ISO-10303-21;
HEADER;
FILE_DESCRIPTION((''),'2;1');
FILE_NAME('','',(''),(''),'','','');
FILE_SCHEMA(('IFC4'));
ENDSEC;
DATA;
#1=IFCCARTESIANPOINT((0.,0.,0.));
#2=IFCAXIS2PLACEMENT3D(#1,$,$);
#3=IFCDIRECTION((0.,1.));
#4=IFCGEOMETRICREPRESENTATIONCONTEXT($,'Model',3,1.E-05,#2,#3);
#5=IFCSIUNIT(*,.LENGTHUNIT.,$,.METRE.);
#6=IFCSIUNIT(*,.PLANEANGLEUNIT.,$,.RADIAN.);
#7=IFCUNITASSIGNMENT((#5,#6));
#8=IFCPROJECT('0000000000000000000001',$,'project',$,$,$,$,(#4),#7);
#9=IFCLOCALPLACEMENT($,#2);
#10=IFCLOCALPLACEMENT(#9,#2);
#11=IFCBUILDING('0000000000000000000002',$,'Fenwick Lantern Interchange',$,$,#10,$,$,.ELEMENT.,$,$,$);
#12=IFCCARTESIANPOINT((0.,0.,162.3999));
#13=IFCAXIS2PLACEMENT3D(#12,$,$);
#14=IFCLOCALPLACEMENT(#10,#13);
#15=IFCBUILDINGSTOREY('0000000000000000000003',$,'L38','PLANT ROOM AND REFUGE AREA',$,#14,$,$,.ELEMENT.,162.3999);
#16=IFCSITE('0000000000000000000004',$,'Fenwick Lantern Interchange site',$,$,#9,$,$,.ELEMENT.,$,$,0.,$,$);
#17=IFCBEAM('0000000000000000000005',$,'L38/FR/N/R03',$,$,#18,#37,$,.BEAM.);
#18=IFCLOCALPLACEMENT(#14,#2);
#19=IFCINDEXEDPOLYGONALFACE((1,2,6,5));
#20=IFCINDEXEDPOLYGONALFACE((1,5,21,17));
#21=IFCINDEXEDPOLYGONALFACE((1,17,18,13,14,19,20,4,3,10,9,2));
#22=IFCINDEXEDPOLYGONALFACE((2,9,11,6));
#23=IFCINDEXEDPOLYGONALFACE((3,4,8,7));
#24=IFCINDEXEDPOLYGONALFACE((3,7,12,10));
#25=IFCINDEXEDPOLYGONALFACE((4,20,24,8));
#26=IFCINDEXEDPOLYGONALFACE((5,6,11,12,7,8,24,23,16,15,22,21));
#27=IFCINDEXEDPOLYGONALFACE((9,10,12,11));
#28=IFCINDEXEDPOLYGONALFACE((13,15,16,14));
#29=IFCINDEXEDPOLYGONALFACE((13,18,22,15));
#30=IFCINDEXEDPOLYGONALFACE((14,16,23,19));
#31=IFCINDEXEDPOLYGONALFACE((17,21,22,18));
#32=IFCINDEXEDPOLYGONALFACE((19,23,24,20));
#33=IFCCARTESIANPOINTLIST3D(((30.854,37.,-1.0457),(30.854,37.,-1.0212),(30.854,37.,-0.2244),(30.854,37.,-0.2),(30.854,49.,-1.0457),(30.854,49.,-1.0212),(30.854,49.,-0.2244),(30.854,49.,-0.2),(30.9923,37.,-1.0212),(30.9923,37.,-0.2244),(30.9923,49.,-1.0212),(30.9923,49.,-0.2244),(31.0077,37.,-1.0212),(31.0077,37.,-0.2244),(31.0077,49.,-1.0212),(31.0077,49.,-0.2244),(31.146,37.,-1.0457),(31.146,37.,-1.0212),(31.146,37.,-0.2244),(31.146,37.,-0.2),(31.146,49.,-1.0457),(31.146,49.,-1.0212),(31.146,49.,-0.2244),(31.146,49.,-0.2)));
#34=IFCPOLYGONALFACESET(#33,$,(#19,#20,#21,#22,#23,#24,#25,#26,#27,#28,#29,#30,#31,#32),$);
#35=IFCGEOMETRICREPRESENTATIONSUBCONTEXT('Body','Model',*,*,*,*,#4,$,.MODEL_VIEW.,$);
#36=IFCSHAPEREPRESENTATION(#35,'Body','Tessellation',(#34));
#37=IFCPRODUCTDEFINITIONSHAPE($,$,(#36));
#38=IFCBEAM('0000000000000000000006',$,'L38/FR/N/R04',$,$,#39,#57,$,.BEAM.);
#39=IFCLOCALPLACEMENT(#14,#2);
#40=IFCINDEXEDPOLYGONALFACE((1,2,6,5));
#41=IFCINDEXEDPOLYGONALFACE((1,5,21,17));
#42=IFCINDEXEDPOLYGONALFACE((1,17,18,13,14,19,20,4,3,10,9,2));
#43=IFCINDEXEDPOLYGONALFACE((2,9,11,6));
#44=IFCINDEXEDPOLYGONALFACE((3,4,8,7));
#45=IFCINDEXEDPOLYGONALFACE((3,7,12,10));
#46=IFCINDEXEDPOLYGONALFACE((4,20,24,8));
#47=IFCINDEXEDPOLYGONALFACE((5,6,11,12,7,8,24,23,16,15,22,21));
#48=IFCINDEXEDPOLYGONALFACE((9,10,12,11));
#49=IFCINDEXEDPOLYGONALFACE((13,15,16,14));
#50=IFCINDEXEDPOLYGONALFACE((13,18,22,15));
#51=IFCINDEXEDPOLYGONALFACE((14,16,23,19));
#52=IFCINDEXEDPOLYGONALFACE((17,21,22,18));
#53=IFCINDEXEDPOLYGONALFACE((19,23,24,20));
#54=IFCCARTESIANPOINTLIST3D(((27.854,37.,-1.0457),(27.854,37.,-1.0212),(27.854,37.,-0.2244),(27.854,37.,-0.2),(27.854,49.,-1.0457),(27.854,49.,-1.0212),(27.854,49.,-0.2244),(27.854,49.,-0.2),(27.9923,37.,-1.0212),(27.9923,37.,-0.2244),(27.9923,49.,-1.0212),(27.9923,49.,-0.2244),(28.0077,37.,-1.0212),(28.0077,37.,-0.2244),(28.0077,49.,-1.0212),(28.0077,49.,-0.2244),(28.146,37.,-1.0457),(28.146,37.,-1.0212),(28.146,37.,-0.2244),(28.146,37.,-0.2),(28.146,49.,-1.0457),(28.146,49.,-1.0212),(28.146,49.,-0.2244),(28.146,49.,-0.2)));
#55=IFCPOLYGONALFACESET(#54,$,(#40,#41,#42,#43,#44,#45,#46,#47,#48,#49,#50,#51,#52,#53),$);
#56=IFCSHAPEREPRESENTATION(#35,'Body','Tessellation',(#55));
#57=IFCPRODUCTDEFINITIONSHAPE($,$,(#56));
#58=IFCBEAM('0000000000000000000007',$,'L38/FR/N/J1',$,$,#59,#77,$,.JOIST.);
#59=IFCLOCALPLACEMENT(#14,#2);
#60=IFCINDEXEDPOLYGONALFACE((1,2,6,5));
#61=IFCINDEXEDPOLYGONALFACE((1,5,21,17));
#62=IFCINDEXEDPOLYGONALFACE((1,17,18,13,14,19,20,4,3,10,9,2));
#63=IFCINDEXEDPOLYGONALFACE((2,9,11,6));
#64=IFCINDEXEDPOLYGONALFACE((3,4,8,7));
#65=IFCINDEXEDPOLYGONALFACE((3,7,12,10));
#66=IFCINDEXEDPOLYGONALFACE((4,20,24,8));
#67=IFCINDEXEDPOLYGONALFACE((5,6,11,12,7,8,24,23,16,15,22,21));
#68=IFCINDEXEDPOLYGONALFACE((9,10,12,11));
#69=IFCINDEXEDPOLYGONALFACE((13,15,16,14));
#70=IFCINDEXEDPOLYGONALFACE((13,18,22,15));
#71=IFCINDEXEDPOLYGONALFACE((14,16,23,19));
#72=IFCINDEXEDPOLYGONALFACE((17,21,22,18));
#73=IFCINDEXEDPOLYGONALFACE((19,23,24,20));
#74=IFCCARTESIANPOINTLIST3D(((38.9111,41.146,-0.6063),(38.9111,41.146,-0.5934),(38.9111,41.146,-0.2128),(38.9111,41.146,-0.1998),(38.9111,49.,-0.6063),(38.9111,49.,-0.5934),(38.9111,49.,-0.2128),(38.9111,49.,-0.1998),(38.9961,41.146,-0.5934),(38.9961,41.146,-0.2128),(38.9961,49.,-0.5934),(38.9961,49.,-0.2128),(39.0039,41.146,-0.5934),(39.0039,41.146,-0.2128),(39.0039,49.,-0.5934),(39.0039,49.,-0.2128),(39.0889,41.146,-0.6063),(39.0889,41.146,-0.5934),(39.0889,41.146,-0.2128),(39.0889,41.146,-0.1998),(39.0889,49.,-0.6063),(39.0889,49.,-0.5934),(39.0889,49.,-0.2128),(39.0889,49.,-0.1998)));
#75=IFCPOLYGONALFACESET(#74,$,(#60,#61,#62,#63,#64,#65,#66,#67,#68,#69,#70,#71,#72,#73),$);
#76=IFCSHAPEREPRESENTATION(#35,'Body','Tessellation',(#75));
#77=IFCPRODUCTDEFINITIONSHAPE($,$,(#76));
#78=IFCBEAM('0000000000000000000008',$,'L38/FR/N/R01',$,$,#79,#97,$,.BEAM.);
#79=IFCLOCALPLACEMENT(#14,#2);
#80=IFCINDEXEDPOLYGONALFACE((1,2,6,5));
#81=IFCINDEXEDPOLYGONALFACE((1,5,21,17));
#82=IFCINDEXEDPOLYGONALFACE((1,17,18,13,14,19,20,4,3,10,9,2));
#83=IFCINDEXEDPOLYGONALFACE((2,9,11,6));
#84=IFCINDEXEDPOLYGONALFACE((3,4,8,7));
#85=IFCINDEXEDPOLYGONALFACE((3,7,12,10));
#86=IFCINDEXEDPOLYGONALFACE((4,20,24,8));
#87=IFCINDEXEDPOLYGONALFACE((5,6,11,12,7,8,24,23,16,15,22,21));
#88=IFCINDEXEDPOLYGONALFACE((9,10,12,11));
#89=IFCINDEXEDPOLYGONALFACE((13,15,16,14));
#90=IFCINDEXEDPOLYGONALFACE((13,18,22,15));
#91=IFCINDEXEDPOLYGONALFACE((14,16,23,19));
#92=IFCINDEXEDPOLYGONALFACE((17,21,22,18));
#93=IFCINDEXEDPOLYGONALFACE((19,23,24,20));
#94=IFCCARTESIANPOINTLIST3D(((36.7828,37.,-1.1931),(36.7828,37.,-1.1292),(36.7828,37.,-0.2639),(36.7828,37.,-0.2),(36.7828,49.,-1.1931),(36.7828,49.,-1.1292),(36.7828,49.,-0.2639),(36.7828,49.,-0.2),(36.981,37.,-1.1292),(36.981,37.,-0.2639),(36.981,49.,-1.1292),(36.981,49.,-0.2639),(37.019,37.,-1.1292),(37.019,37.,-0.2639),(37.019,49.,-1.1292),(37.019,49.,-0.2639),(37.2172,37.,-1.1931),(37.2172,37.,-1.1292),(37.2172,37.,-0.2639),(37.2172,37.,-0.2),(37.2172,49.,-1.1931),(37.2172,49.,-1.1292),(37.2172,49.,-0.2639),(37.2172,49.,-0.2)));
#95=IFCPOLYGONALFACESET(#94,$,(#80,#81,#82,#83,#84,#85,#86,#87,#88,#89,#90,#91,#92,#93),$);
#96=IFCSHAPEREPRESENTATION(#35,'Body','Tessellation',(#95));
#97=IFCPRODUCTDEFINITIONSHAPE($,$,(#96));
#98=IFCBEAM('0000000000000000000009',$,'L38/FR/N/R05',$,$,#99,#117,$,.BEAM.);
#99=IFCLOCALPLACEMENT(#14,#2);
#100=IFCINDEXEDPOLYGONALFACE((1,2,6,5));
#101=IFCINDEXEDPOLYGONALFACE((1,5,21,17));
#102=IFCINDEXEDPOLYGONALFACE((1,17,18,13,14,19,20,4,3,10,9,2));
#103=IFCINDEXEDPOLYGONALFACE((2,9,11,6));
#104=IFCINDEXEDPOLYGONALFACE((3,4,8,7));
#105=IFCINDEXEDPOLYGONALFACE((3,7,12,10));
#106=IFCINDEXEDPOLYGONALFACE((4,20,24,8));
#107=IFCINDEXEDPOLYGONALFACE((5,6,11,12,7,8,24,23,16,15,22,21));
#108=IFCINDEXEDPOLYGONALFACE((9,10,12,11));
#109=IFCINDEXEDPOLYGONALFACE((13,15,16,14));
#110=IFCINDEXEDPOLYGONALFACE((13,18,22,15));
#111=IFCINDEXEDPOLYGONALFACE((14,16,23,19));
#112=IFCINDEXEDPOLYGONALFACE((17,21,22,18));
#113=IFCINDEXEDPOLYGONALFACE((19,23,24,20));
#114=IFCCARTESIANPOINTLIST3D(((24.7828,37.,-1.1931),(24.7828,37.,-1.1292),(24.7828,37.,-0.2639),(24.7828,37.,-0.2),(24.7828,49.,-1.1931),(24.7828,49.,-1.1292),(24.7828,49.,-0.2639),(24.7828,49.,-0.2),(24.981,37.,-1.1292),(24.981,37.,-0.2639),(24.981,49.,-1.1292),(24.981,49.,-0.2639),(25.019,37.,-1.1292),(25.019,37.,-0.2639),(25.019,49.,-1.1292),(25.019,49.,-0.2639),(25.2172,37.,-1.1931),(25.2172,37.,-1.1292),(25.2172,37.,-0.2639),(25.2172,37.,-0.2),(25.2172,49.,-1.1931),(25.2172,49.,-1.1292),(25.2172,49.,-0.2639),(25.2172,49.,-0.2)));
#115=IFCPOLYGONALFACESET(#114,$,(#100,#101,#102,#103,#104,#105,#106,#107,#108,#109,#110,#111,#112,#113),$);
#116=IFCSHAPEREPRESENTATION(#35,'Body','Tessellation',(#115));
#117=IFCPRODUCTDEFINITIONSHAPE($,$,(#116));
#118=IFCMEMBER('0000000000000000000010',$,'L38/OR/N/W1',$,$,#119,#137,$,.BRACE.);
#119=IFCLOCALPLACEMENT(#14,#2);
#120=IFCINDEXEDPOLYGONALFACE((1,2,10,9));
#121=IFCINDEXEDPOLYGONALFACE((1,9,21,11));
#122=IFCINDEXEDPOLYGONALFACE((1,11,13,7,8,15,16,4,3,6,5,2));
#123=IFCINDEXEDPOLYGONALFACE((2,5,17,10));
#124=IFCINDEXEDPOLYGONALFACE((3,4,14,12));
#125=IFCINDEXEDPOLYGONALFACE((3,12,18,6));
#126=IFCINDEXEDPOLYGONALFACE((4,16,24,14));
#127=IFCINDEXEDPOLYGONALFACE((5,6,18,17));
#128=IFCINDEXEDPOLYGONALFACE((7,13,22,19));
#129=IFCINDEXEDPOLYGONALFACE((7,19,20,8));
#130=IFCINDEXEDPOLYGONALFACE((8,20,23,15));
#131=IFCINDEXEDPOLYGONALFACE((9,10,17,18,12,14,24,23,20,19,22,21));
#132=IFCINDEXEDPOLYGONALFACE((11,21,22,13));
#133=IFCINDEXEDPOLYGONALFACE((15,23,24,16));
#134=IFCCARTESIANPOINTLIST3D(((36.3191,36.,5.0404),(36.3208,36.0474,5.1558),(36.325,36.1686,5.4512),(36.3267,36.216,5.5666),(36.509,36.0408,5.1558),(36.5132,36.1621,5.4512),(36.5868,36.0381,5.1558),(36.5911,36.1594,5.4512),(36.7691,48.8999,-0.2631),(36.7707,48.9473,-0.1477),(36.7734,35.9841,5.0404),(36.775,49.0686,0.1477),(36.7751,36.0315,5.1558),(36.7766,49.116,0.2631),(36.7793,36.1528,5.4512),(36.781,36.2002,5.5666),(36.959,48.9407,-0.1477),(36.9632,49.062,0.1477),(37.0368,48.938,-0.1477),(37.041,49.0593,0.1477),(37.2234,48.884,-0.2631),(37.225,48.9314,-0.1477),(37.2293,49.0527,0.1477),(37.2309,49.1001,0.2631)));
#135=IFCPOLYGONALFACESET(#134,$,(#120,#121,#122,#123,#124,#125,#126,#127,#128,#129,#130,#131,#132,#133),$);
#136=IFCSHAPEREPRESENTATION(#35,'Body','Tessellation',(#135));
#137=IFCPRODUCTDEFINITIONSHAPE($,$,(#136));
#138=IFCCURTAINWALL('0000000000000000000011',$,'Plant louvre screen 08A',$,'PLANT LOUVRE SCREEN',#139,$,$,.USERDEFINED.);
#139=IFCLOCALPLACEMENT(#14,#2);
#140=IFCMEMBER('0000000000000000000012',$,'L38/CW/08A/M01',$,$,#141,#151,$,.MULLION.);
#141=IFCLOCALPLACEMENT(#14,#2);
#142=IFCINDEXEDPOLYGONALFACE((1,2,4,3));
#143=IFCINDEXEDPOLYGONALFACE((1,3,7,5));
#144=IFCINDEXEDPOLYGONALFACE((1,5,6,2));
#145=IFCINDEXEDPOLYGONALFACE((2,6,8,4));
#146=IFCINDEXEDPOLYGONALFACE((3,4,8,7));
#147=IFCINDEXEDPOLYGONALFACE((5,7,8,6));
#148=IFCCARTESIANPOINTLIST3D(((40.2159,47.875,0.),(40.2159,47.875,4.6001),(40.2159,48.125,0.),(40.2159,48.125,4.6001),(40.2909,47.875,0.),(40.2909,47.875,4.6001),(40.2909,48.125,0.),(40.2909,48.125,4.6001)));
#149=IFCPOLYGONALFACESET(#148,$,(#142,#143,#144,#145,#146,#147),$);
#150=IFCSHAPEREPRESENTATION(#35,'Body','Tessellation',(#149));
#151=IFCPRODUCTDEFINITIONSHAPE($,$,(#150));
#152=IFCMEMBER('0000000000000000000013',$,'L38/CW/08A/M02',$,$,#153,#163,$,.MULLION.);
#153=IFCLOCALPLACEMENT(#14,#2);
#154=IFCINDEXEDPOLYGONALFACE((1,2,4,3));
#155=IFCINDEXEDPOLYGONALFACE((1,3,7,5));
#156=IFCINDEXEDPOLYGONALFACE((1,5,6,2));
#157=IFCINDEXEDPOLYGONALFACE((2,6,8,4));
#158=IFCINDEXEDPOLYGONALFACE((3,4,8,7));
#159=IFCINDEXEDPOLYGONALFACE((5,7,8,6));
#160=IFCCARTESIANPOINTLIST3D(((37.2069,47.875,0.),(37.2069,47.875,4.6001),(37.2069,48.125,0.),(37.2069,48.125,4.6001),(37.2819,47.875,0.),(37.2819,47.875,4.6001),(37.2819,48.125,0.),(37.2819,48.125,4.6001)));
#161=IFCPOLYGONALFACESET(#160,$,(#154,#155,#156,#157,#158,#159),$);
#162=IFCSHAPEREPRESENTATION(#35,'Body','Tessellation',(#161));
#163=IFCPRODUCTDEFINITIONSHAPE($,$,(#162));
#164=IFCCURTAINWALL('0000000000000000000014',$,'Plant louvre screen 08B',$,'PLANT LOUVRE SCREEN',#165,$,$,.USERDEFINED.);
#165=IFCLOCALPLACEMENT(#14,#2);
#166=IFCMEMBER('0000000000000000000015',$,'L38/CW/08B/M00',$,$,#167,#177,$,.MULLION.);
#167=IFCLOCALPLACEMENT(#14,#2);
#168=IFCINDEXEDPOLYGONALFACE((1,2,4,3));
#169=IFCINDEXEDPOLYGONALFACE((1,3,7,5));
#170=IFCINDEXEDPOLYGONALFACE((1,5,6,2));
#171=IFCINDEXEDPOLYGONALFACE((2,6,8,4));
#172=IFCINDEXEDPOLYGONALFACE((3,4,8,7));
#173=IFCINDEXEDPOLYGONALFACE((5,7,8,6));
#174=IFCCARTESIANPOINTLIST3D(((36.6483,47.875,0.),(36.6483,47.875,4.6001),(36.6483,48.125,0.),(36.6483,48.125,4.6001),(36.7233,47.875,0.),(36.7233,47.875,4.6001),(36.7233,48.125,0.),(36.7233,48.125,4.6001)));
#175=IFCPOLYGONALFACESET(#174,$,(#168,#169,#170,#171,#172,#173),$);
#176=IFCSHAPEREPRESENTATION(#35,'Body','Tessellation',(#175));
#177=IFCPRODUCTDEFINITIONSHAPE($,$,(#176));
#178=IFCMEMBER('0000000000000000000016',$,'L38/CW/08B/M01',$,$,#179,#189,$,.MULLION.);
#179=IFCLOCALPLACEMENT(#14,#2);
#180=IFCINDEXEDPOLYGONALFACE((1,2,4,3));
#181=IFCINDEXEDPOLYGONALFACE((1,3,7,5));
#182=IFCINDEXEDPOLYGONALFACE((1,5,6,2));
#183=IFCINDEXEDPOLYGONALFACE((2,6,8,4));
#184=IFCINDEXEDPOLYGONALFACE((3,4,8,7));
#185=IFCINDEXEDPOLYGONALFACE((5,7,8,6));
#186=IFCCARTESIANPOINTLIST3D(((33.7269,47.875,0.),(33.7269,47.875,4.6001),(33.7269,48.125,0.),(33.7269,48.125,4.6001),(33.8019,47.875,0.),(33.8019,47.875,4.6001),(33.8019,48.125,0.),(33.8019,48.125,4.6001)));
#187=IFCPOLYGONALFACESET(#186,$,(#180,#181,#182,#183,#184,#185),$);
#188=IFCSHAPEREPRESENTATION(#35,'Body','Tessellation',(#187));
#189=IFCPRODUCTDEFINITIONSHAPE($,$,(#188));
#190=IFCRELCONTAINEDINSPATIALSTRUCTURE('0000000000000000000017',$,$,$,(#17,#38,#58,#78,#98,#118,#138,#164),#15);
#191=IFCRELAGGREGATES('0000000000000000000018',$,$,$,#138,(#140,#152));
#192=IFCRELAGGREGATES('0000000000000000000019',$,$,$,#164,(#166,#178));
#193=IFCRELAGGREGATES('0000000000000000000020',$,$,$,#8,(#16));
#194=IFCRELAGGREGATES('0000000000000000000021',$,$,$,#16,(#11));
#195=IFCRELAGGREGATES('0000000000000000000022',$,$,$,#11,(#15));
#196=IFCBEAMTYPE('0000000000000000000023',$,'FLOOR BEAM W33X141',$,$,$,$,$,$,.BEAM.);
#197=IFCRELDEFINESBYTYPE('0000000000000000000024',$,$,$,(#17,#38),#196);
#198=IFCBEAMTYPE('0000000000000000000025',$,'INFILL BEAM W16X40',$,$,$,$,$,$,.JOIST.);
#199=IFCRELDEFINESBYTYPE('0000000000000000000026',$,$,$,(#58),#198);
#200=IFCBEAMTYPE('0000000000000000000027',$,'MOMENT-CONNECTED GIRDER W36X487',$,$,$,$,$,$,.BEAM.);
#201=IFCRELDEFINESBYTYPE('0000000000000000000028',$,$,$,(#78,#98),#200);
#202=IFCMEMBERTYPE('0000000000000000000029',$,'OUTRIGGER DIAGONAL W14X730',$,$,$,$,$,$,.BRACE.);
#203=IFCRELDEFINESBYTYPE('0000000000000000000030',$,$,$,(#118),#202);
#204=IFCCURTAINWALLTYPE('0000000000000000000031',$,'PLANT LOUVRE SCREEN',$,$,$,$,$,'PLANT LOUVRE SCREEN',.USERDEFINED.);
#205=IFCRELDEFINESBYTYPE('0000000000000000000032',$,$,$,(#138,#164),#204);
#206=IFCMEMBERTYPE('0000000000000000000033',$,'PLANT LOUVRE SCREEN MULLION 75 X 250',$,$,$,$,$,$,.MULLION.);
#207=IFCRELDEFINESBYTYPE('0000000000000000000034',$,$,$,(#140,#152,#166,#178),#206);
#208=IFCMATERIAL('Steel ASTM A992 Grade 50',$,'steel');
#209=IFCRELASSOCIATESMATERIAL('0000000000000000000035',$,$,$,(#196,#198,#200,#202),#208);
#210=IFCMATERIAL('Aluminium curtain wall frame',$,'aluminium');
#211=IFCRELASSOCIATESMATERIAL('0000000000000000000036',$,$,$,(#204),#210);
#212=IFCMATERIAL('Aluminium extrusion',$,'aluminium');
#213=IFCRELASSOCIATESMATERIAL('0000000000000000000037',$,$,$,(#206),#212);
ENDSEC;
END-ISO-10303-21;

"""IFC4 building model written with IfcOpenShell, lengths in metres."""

from ifc_helpers import new_model, si_unit, direction, frame, origin, origin_2d, place, context, subcontext, project, spatial, rectangle, i_section, extrude, material, material_profile, profile_set, type_object, element, aggregate, save


model = new_model("IFC4")

# Units and contexts
model_context = context("Model", 3, precision=1e-05, world=origin(), true_north=direction((0.0, 1.0)))
body_context = subcontext(model_context, "Body", "Model", "MODEL_VIEW")
ifc_project = project(units=[si_unit("LENGTHUNIT", "METRE"), si_unit("PLANEANGLEUNIT", "RADIAN")], contexts=[model_context])

# Site, building, storey
site_placement = place(None, origin())
site = spatial("IfcSite", under=ifc_project, at=site_placement, Name="Fenwick Lantern Interchange site", CompositionType="ELEMENT", RefElevation=0.0)
building_placement = place(site_placement, origin())
building = spatial("IfcBuilding", under=site, at=building_placement, Name="Fenwick Lantern Interchange", CompositionType="ELEMENT")
storey_placement = place(building_placement, frame((0.0, 0.0, 162.3999)))
storey = spatial("IfcBuildingStorey", under=building, at=storey_placement, Name="L38", Description="PLANT ROOM AND REFUGE AREA", CompositionType="ELEMENT", Elevation=162.3999)

# Shared definitions
ifc_material_1 = material(Name="Steel ASTM A992 Grade 50", Category="steel")

# Beams
ifc_material_profile_1 = material_profile(ifc_material_1, i_section(OverallWidth=0.292, OverallDepth=0.8457, WebThickness=0.0154, FlangeThickness=0.0244, at=origin_2d()), Name="W33X141")
ifc_profile_set_1 = profile_set([ifc_material_profile_1], Name="Steel ASTM A992 Grade 50")
beam_type_1 = type_object("IfcBeamType", Name="FLOOR BEAM W33X141", PredefinedType="BEAM", material=ifc_profile_set_1)
for number, where, z_axis, x_axis, name in (
    (1, (31.0, 49.0, -0.6228), (0.0, -1.0, 0.0), (1.0, 0.0, 0.0), "L38/FR/N/R03"),
    (2, (28.0, 49.0, -0.6228), (0.0, -1.0, 0.0), (1.0, 0.0, 0.0), "L38/FR/N/R04"),
):
    element("IfcBeam", number, at=place(storey_placement, frame(where, z_axis=z_axis, x_axis=x_axis)), inside=storey, type_object=beam_type_1, Name=name, PredefinedType="BEAM", context=body_context, shape_type="SweptSolid", body=[
        extrude(i_section(OverallWidth=0.292, OverallDepth=0.8457, WebThickness=0.0154, FlangeThickness=0.0244, at=origin_2d()), origin(), (0.0, 0.0, 1.0), 12.0),
    ])
ifc_material_profile_2 = material_profile(ifc_material_1, i_section(OverallWidth=0.1777, OverallDepth=0.4065, WebThickness=0.0078, FlangeThickness=0.0129, at=origin_2d()), Name="W16X40")
ifc_profile_set_2 = profile_set([ifc_material_profile_2], Name="Steel ASTM A992 Grade 50")
beam_type_2 = type_object("IfcBeamType", Name="INFILL BEAM W16X40", PredefinedType="JOIST", material=ifc_profile_set_2)
beam_placement = place(storey_placement, frame((39.0, 49.0, -0.4031), z_axis=(0.0, -1.0, 0.0), x_axis=(1.0, 0.0, 0.0)))
element("IfcBeam", 3, at=beam_placement, inside=storey, type_object=beam_type_2, Name="L38/FR/N/J1", PredefinedType="JOIST", context=body_context, shape_type="SweptSolid", body=[
    extrude(i_section(OverallWidth=0.1777, OverallDepth=0.4065, WebThickness=0.0078, FlangeThickness=0.0129, at=origin_2d()), origin(), (0.0, 0.0, 1.0), 7.854),
])
ifc_material_profile_3 = material_profile(ifc_material_1, i_section(OverallWidth=0.4343, OverallDepth=0.9932, WebThickness=0.0381, FlangeThickness=0.064, at=origin_2d()), Name="W36X487")
ifc_profile_set_3 = profile_set([ifc_material_profile_3], Name="Steel ASTM A992 Grade 50")
beam_type_3 = type_object("IfcBeamType", Name="MOMENT-CONNECTED GIRDER W36X487", PredefinedType="BEAM", material=ifc_profile_set_3)
for number, where, z_axis, x_axis, name in (
    (4, (37.0, 49.0, -0.6965), (0.0, -1.0, 0.0), (1.0, 0.0, 0.0), "L38/FR/N/R01"),
    (5, (25.0, 49.0, -0.6965), (0.0, -1.0, 0.0), (1.0, 0.0, 0.0), "L38/FR/N/R05"),
):
    element("IfcBeam", number, at=place(storey_placement, frame(where, z_axis=z_axis, x_axis=x_axis)), inside=storey, type_object=beam_type_3, Name=name, PredefinedType="BEAM", context=body_context, shape_type="SweptSolid", body=[
        extrude(i_section(OverallWidth=0.4343, OverallDepth=0.9932, WebThickness=0.0381, FlangeThickness=0.064, at=origin_2d()), origin(), (0.0, 0.0, 1.0), 12.0),
    ])

# Member
ifc_material_profile_4 = material_profile(ifc_material_1, i_section(OverallWidth=0.4546, OverallDepth=0.5688, WebThickness=0.0779, FlangeThickness=0.1248, at=origin_2d()), Name="W14X730")
ifc_profile_set_4 = profile_set([ifc_material_profile_4], Name="Steel ASTM A992 Grade 50")
member_type_1 = type_object("IfcMemberType", Name="OUTRIGGER DIAGONAL W14X730", PredefinedType="BRACE", material=ifc_profile_set_4)
member_1_placement = place(storey_placement, frame((37.0, 49.0, 0.0), z_axis=(-0.032243, -0.924406, 0.380046), x_axis=(0.999392, -0.034859, 0.0)))
element("IfcMember", 6, at=member_1_placement, inside=storey, type_object=member_type_1, Name="L38/OR/N/W1", PredefinedType="BRACE", context=body_context, shape_type="SweptSolid", body=[
    extrude(i_section(OverallWidth=0.4546, OverallDepth=0.5688, WebThickness=0.0779, FlangeThickness=0.1248, at=origin_2d()), origin(), (0.0, 0.0, 1.0), 13.9548),
])

# Curtain walls, members
ifc_material_2 = material(Name="Aluminium curtain wall frame", Category="aluminium")
curtain_wall_type = type_object("IfcCurtainWallType", Name="PLANT LOUVRE SCREEN", ElementType="PLANT LOUVRE SCREEN", PredefinedType="USERDEFINED", material=ifc_material_2)
curtain_wall_1_placement = place(storey_placement, origin())
curtain_wall_1 = element("IfcCurtainWall", 7, at=curtain_wall_1_placement, inside=storey, type_object=curtain_wall_type, Name="Plant louvre screen 08A", ObjectType="PLANT LOUVRE SCREEN", PredefinedType="USERDEFINED")
ifc_material_3 = material(Name="Aluminium extrusion", Category="aluminium")
ifc_material_profile_5 = material_profile(ifc_material_3, rectangle(XDim=0.25, YDim=0.075, at=origin_2d()), Name="PLANT LOUVRE SCREEN MULLION 75 X 250")
ifc_profile_set_5 = profile_set([ifc_material_profile_5], Name="Aluminium extrusion")
member_type_2 = type_object("IfcMemberType", Name="PLANT LOUVRE SCREEN MULLION 75 X 250", PredefinedType="MULLION", material=ifc_profile_set_5)
member_2_placement = place(storey_placement, frame((40.2534, 48.0, 0.0), z_axis=(0.0, 0.0, 1.0), x_axis=(0.0, -1.0, 0.0)))
member_2 = element("IfcMember", 8, at=member_2_placement, type_object=member_type_2, Name="L38/CW/08A/M01", PredefinedType="MULLION", context=body_context, shape_type="SweptSolid", body=[
    extrude(rectangle(XDim=0.25, YDim=0.075, at=origin_2d()), origin(), (0.0, 0.0, 1.0), 4.6001),
])
member_3_placement = place(storey_placement, frame((37.2444, 48.0, 0.0), z_axis=(0.0, 0.0, 1.0), x_axis=(0.0, -1.0, 0.0)))
member_3 = element("IfcMember", 9, at=member_3_placement, type_object=member_type_2, Name="L38/CW/08A/M02", PredefinedType="MULLION", context=body_context, shape_type="SweptSolid", body=[
    extrude(rectangle(XDim=0.25, YDim=0.075, at=origin_2d()), origin(), (0.0, 0.0, 1.0), 4.6001),
])
curtain_wall_2_placement = place(storey_placement, origin())
curtain_wall_2 = element("IfcCurtainWall", 10, at=curtain_wall_2_placement, inside=storey, type_object=curtain_wall_type, Name="Plant louvre screen 08B", ObjectType="PLANT LOUVRE SCREEN", PredefinedType="USERDEFINED")
member_4_placement = place(storey_placement, frame((36.6858, 48.0, 0.0), z_axis=(0.0, 0.0, 1.0), x_axis=(0.0, -1.0, 0.0)))
member_4 = element("IfcMember", 11, at=member_4_placement, type_object=member_type_2, Name="L38/CW/08B/M00", PredefinedType="MULLION", context=body_context, shape_type="SweptSolid", body=[
    extrude(rectangle(XDim=0.25, YDim=0.075, at=origin_2d()), origin(), (0.0, 0.0, 1.0), 4.6001),
])
member_5_placement = place(storey_placement, frame((33.7644, 48.0, 0.0), z_axis=(0.0, 0.0, 1.0), x_axis=(0.0, -1.0, 0.0)))
member_5 = element("IfcMember", 12, at=member_5_placement, type_object=member_type_2, Name="L38/CW/08B/M01", PredefinedType="MULLION", context=body_context, shape_type="SweptSolid", body=[
    extrude(rectangle(XDim=0.25, YDim=0.075, at=origin_2d()), origin(), (0.0, 0.0, 1.0), 4.6001),
])

aggregate(curtain_wall_1, [member_2, member_3])
aggregate(curtain_wall_2, [member_4, member_5])

save(model, "model.ifc")
